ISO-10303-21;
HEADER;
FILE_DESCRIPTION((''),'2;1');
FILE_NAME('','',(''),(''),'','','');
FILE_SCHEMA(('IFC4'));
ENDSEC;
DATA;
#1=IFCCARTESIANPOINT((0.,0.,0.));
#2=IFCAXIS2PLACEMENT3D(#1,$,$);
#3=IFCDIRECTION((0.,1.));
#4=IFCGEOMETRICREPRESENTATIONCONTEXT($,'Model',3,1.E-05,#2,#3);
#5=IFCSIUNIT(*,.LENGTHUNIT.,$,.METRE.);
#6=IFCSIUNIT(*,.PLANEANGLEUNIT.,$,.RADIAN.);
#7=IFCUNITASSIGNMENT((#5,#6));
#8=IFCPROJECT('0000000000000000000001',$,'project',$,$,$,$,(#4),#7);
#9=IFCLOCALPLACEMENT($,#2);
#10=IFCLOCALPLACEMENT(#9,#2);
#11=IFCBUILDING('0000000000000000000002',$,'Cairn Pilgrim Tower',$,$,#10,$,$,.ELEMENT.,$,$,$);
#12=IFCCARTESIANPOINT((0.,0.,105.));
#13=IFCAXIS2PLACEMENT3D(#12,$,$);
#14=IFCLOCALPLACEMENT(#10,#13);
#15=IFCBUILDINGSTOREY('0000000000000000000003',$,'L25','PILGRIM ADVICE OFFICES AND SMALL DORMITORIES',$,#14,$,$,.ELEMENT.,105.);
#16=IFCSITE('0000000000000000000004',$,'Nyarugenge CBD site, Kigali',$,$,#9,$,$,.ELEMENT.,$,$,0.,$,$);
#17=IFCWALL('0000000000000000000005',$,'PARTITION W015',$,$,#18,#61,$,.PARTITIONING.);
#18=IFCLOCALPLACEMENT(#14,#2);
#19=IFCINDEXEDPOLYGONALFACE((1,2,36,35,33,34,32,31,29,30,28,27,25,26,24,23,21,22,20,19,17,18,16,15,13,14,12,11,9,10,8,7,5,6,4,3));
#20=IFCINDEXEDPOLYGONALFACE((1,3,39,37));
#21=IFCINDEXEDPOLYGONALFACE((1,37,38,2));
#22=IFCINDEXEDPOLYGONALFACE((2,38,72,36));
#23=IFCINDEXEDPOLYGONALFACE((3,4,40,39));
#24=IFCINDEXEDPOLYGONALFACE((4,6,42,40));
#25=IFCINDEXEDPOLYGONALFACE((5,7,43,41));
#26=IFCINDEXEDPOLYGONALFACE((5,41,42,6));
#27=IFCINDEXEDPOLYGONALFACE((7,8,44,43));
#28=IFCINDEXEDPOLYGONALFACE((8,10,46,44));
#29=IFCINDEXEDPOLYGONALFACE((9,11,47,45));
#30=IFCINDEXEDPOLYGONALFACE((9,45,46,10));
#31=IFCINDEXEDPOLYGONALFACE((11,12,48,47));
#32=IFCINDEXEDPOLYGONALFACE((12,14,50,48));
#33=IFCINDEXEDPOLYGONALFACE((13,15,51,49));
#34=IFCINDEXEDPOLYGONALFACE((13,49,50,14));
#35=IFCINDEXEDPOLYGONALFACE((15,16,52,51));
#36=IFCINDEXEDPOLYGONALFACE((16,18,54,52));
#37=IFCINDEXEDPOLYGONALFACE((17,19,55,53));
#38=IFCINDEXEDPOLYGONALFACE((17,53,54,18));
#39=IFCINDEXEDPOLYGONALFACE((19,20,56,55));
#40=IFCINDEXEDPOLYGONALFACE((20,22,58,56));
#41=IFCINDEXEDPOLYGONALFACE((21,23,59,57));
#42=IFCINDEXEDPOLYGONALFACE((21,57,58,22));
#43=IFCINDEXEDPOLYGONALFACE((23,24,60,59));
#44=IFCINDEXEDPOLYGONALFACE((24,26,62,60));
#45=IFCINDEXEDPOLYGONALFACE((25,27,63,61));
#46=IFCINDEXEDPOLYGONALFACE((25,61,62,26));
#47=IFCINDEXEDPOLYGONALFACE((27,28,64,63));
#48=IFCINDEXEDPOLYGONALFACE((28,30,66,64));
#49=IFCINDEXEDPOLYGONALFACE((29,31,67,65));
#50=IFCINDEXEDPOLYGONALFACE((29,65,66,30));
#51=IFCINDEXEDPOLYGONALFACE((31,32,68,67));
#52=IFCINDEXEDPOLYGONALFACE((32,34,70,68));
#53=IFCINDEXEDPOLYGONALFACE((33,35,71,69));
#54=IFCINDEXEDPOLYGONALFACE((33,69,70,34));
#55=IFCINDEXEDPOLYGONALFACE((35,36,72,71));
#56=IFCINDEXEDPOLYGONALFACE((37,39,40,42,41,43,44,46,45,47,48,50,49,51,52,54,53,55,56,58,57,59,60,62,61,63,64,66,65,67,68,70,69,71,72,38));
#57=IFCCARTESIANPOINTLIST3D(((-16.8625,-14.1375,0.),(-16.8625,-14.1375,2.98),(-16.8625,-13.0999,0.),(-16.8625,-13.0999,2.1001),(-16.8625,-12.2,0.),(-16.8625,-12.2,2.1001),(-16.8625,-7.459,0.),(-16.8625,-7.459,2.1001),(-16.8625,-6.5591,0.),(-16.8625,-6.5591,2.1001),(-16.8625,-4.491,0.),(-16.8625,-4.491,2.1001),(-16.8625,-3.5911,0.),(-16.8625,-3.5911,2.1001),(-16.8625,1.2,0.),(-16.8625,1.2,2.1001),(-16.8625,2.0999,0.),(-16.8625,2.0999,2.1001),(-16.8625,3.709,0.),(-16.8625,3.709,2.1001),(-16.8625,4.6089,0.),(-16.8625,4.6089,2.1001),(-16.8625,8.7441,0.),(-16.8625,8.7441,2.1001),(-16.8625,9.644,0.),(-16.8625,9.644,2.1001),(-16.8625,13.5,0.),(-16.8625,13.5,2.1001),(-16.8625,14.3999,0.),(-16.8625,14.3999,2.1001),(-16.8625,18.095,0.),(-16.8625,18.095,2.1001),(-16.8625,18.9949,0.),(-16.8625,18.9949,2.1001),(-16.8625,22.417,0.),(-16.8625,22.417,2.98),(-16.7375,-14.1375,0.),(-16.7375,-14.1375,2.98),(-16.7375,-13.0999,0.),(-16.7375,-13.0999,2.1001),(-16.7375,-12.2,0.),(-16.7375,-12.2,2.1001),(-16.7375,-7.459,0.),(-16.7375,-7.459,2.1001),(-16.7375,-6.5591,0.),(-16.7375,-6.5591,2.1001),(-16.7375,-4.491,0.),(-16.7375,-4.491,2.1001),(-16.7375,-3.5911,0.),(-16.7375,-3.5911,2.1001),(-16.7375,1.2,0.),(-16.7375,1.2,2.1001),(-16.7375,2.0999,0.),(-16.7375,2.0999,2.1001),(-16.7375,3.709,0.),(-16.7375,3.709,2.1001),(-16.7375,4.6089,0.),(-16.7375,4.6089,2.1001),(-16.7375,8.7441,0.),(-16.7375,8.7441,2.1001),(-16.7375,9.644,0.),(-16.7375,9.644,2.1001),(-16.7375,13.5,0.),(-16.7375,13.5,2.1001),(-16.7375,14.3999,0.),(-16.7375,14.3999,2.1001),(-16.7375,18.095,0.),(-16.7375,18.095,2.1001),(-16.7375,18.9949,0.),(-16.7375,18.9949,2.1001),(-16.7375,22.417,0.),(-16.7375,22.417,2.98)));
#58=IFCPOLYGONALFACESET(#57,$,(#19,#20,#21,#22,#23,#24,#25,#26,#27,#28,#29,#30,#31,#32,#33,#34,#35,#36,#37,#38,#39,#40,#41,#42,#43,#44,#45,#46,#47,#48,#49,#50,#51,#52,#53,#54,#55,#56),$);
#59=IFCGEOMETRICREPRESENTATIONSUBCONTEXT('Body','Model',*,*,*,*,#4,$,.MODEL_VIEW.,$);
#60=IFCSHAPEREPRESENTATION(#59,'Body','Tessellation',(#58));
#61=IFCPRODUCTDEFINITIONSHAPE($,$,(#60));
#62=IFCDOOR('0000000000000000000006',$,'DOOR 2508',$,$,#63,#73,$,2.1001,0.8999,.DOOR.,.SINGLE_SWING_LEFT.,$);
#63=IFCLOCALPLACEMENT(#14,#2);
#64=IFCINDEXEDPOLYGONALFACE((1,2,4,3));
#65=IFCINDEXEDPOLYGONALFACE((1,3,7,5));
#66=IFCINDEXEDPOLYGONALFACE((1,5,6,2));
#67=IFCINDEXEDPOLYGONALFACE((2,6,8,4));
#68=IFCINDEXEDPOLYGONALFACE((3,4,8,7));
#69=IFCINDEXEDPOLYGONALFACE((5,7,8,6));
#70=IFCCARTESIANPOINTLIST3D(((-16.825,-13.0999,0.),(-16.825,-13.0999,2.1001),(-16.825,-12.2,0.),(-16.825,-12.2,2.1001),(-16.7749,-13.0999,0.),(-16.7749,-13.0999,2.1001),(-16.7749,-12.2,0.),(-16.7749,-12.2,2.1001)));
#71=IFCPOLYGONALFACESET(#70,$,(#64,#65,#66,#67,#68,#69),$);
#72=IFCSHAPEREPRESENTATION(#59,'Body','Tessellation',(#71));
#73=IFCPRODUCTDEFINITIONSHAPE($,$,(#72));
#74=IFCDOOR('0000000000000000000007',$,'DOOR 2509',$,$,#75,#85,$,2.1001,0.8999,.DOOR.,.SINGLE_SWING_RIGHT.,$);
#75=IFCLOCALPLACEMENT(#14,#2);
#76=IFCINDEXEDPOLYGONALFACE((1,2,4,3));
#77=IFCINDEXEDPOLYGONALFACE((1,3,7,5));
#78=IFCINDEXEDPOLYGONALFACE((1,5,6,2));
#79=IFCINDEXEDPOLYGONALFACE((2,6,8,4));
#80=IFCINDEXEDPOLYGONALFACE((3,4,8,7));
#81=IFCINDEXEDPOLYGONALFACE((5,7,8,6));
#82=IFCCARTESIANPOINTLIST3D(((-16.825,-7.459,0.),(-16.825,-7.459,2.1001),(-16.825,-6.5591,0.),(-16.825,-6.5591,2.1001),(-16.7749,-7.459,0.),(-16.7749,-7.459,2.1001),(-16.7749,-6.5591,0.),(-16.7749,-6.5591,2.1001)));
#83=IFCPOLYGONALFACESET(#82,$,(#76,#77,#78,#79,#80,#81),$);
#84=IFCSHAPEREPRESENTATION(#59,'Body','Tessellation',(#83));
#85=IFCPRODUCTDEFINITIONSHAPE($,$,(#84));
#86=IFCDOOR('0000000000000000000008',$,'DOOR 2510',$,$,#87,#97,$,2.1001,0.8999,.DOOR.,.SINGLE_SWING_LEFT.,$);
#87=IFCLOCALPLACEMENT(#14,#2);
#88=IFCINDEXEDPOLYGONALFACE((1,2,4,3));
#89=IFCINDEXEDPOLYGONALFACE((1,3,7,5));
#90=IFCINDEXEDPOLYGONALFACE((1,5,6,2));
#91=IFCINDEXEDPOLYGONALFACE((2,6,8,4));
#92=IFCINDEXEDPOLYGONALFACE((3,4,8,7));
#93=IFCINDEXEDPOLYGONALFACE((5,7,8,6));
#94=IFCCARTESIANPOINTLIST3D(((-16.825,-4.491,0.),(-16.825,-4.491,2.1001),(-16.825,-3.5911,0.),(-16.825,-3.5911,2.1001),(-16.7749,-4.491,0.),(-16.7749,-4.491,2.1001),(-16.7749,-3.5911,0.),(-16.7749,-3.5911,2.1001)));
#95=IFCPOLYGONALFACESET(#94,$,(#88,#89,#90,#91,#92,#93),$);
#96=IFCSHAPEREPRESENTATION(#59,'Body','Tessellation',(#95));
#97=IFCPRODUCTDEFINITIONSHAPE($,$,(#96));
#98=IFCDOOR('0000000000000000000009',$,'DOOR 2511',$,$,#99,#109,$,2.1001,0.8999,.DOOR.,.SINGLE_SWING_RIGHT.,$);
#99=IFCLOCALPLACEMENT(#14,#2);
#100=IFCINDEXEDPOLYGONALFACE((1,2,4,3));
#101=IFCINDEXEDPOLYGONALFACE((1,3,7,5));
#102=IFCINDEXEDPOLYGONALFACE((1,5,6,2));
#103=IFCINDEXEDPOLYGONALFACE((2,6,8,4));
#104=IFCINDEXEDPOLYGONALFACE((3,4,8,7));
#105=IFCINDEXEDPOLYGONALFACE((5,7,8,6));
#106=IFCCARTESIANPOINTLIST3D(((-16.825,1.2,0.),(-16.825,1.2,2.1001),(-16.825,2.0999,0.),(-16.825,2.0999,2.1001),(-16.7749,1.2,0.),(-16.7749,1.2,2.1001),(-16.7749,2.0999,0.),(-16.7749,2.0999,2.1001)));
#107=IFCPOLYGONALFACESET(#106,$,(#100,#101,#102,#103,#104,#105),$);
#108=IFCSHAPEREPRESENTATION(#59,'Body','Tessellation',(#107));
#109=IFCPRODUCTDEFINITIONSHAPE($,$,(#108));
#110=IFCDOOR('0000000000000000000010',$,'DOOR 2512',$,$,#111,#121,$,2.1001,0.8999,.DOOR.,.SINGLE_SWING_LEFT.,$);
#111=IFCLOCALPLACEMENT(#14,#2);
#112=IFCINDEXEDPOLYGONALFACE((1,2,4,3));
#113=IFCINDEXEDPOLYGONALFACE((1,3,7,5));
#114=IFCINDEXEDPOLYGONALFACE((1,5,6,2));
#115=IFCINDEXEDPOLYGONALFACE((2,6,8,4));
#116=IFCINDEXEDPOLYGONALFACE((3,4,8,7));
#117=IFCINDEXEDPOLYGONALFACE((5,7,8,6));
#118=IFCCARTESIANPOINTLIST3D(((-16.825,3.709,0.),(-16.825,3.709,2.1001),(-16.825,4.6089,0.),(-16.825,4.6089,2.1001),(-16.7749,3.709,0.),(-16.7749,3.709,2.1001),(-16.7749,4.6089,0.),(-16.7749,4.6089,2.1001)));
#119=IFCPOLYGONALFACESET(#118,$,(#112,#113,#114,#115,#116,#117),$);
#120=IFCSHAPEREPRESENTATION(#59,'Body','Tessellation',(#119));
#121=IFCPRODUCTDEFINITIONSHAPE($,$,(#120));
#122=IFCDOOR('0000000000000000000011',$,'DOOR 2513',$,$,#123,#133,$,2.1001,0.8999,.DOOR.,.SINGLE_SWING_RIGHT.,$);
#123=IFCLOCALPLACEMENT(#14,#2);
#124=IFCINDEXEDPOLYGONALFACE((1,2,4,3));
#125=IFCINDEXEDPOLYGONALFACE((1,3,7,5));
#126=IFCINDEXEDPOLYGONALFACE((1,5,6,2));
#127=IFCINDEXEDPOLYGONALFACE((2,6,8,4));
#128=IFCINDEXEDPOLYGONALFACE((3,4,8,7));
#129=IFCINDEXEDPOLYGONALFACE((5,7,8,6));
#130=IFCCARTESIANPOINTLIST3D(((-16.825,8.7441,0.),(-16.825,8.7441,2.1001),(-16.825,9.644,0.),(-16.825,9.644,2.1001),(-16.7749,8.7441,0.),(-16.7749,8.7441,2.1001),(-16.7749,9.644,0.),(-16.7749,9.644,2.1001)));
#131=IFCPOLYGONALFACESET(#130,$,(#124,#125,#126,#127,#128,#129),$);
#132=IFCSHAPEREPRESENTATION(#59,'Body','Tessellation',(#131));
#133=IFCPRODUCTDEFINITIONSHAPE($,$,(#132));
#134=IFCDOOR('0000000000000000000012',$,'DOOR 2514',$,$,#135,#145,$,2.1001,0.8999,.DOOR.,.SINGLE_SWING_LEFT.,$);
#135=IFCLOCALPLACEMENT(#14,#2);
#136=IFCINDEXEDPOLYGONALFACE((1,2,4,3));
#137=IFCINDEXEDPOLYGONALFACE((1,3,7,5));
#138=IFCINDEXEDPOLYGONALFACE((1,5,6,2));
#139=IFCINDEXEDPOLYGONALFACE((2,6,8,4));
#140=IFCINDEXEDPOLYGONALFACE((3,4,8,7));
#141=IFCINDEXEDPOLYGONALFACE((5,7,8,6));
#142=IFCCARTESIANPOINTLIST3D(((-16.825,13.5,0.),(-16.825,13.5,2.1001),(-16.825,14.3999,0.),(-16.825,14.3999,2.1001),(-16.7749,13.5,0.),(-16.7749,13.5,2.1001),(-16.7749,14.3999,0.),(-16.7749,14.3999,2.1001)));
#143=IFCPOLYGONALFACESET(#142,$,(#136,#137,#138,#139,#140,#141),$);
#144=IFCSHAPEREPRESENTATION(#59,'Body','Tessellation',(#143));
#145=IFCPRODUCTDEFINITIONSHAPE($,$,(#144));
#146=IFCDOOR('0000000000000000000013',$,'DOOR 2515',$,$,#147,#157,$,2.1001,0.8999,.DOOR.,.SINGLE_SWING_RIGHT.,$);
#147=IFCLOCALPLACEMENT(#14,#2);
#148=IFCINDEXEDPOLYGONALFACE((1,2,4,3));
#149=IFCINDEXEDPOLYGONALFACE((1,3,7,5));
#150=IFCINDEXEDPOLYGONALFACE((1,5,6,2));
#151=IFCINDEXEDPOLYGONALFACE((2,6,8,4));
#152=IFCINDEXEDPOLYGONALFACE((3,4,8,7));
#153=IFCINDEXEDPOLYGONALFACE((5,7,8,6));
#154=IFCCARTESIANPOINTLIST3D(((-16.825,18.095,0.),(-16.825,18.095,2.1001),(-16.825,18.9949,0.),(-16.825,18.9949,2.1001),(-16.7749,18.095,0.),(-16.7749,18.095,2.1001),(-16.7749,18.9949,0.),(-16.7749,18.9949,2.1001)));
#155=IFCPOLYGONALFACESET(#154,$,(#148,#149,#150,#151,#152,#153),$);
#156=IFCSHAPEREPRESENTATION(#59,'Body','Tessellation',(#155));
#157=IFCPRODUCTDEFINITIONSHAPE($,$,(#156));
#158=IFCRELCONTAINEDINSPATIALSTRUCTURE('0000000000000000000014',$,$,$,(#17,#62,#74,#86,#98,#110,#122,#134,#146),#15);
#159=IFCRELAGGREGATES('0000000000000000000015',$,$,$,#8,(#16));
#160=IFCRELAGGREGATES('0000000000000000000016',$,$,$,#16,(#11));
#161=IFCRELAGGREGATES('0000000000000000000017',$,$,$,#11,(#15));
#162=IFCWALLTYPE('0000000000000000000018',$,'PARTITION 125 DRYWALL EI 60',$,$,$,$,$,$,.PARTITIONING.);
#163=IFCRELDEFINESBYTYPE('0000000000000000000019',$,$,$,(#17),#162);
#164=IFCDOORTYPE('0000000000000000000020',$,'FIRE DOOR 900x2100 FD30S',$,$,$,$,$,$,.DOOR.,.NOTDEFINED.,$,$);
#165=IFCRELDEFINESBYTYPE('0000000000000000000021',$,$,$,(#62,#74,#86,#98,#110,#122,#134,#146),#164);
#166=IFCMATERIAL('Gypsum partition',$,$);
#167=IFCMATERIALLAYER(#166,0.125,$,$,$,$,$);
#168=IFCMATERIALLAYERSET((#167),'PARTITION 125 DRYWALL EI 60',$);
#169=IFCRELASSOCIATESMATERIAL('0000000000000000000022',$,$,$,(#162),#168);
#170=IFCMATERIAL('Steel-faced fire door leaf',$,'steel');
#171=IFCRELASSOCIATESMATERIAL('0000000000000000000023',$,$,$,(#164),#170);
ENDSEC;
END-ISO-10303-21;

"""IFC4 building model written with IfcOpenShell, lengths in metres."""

from ifc_helpers import new_model, si_unit, direction, frame, frame_2d, origin, place, context, subcontext, project, spatial, polyline, rectangle, outline, extrude, material, layer, layer_set, type_object, element, fill, save


model = new_model("IFC4")

# Units and contexts
model_context = context("Model", 3, precision=1e-05, world=origin(), true_north=direction((0.0, 1.0)))
body_context = subcontext(model_context, "Body", "Model", "MODEL_VIEW")
ifc_project = project(units=[si_unit("LENGTHUNIT", "METRE"), si_unit("PLANEANGLEUNIT", "RADIAN")], contexts=[model_context])

# Site, building, storey
site_placement = place(None, origin())
site = spatial("IfcSite", under=ifc_project, at=site_placement, Name="Nyarugenge CBD site, Kigali", CompositionType="ELEMENT", RefElevation=0.0)
building_placement = place(site_placement, origin())
building = spatial("IfcBuilding", under=site, at=building_placement, Name="Cairn Pilgrim Tower", CompositionType="ELEMENT")
storey_placement = place(building_placement, frame((0.0, 0.0, 105.0)))
storey = spatial("IfcBuildingStorey", under=building, at=storey_placement, Name="L25", Description="PILGRIM ADVICE OFFICES AND SMALL DORMITORIES", CompositionType="ELEMENT", Elevation=105.0)

# Wall, openings, doors
ifc_material_1 = material(Name="Gypsum partition")
ifc_layer_1 = layer(ifc_material_1, 0.125)
ifc_layer_set_1 = layer_set([ifc_layer_1], Name="PARTITION 125 DRYWALL EI 60")
wall_type = type_object("IfcWallType", Name="PARTITION 125 DRYWALL EI 60", PredefinedType="PARTITIONING", material=ifc_layer_set_1)
wall_placement = place(storey_placement, frame((-16.8, -14.1375, 0.0), z_axis=(0.0, 0.0, 1.0), x_axis=(0.0, 1.0, 0.0)))
wall = element("IfcWall", 1, at=wall_placement, inside=storey, type_object=wall_type, Name="PARTITION W015", PredefinedType="PARTITIONING", context=body_context, shape_type="SweptSolid", body=[
    extrude(outline(polyline([(0.0, 0.0), (36.5544, 0.0), (36.5544, 0.8625), (36.5544, 1.7251), (36.5544, 2.5874), (36.5544, 2.98), (0.0, 2.98), (0.0, 2.5874), (0.0, 1.7251), (0.0, 0.8625), (0.0, 0.0)])), frame((0.0, 0.0625, 0.0), z_axis=(0.0, -1.0, 0.0), x_axis=(1.0, 0.0, 0.0)), (0.0, 0.0, 1.0), 0.125),
])
opening_1_placement = place(wall_placement, frame((1.0376, 0.0, 0.0)))
opening_1 = element("IfcOpeningElement", 2, at=opening_1_placement, cuts=wall, PredefinedType="OPENING", context=body_context, shape_type="SweptSolid", body=[
    extrude(rectangle(XDim=0.8999, YDim=2.1001, at=frame_2d((0.45, 1.05))), frame((0.0, 0.0725, 0.0), z_axis=(0.0, -1.0, 0.0), x_axis=(1.0, 0.0, 0.0)), (0.0, 0.0, 1.0), 0.145),
])
opening_2_placement = place(wall_placement, frame((6.6785, 0.0, 0.0)))
opening_2 = element("IfcOpeningElement", 3, at=opening_2_placement, cuts=wall, PredefinedType="OPENING", context=body_context, shape_type="SweptSolid", body=[
    extrude(rectangle(XDim=0.8999, YDim=2.1001, at=frame_2d((0.45, 1.05))), frame((0.0, 0.0725, 0.0), z_axis=(0.0, -1.0, 0.0), x_axis=(1.0, 0.0, 0.0)), (0.0, 0.0, 1.0), 0.145),
])
opening_3_placement = place(wall_placement, frame((9.6465, 0.0, 0.0)))
opening_3 = element("IfcOpeningElement", 4, at=opening_3_placement, cuts=wall, PredefinedType="OPENING", context=body_context, shape_type="SweptSolid", body=[
    extrude(rectangle(XDim=0.8999, YDim=2.1001, at=frame_2d((0.45, 1.05))), frame((0.0, 0.0725, 0.0), z_axis=(0.0, -1.0, 0.0), x_axis=(1.0, 0.0, 0.0)), (0.0, 0.0, 1.0), 0.145),
])
opening_4_placement = place(wall_placement, frame((15.3374, 0.0, 0.0)))
opening_4 = element("IfcOpeningElement", 5, at=opening_4_placement, cuts=wall, PredefinedType="OPENING", context=body_context, shape_type="SweptSolid", body=[
    extrude(rectangle(XDim=0.8999, YDim=2.1001, at=frame_2d((0.45, 1.05))), frame((0.0, 0.0725, 0.0), z_axis=(0.0, -1.0, 0.0), x_axis=(1.0, 0.0, 0.0)), (0.0, 0.0, 1.0), 0.145),
])
opening_5_placement = place(wall_placement, frame((17.8464, 0.0, 0.0)))
opening_5 = element("IfcOpeningElement", 6, at=opening_5_placement, cuts=wall, PredefinedType="OPENING", context=body_context, shape_type="SweptSolid", body=[
    extrude(rectangle(XDim=0.8999, YDim=2.1001, at=frame_2d((0.45, 1.05))), frame((0.0, 0.0725, 0.0), z_axis=(0.0, -1.0, 0.0), x_axis=(1.0, 0.0, 0.0)), (0.0, 0.0, 1.0), 0.145),
])
opening_6_placement = place(wall_placement, frame((22.8816, 0.0, 0.0)))
opening_6 = element("IfcOpeningElement", 7, at=opening_6_placement, cuts=wall, PredefinedType="OPENING", context=body_context, shape_type="SweptSolid", body=[
    extrude(rectangle(XDim=0.8999, YDim=2.1001, at=frame_2d((0.45, 1.05))), frame((0.0, 0.0725, 0.0), z_axis=(0.0, -1.0, 0.0), x_axis=(1.0, 0.0, 0.0)), (0.0, 0.0, 1.0), 0.145),
])
opening_7_placement = place(wall_placement, frame((27.6375, 0.0, 0.0)))
opening_7 = element("IfcOpeningElement", 8, at=opening_7_placement, cuts=wall, PredefinedType="OPENING", context=body_context, shape_type="SweptSolid", body=[
    extrude(rectangle(XDim=0.8999, YDim=2.1001, at=frame_2d((0.45, 1.05))), frame((0.0, 0.0725, 0.0), z_axis=(0.0, -1.0, 0.0), x_axis=(1.0, 0.0, 0.0)), (0.0, 0.0, 1.0), 0.145),
])
opening_8_placement = place(wall_placement, frame((32.2324, 0.0, 0.0)))
opening_8 = element("IfcOpeningElement", 9, at=opening_8_placement, cuts=wall, PredefinedType="OPENING", context=body_context, shape_type="SweptSolid", body=[
    extrude(rectangle(XDim=0.8999, YDim=2.1001, at=frame_2d((0.45, 1.05))), frame((0.0, 0.0725, 0.0), z_axis=(0.0, -1.0, 0.0), x_axis=(1.0, 0.0, 0.0)), (0.0, 0.0, 1.0), 0.145),
])
ifc_material_2 = material(Name="Steel-faced fire door leaf", Category="steel")
door_type = type_object("IfcDoorType", Name="FIRE DOOR 900x2100 FD30S", OperationType="NOTDEFINED", PredefinedType="DOOR", material=ifc_material_2)
door_1_placement = place(opening_1_placement, origin())
door_1 = element("IfcDoor", 10, at=door_1_placement, inside=storey, type_object=door_type, Name="DOOR 2508", OperationType="SINGLE_SWING_LEFT", OverallHeight=2.1001, OverallWidth=0.8999, PredefinedType="DOOR", context=body_context, shape_type="SweptSolid", body=[
    extrude(rectangle(XDim=0.8999, YDim=2.1001, at=frame_2d((0.45, 1.05))), frame((0.0, 0.0249, 0.0), z_axis=(0.0, -1.0, 0.0), x_axis=(1.0, 0.0, 0.0)), (0.0, 0.0, 1.0), 0.05),
])
fill(opening_1, door_1)
door_2_placement = place(opening_2_placement, origin())
door_2 = element("IfcDoor", 11, at=door_2_placement, inside=storey, type_object=door_type, Name="DOOR 2509", OperationType="SINGLE_SWING_RIGHT", OverallHeight=2.1001, OverallWidth=0.8999, PredefinedType="DOOR", context=body_context, shape_type="SweptSolid", body=[
    extrude(rectangle(XDim=0.8999, YDim=2.1001, at=frame_2d((0.45, 1.05))), frame((0.0, 0.0249, 0.0), z_axis=(0.0, -1.0, 0.0), x_axis=(1.0, 0.0, 0.0)), (0.0, 0.0, 1.0), 0.05),
])
fill(opening_2, door_2)
door_3_placement = place(opening_3_placement, origin())
door_3 = element("IfcDoor", 12, at=door_3_placement, inside=storey, type_object=door_type, Name="DOOR 2510", OperationType="SINGLE_SWING_LEFT", OverallHeight=2.1001, OverallWidth=0.8999, PredefinedType="DOOR", context=body_context, shape_type="SweptSolid", body=[
    extrude(rectangle(XDim=0.8999, YDim=2.1001, at=frame_2d((0.45, 1.05))), frame((0.0, 0.0249, 0.0), z_axis=(0.0, -1.0, 0.0), x_axis=(1.0, 0.0, 0.0)), (0.0, 0.0, 1.0), 0.05),
])
fill(opening_3, door_3)
door_4_placement = place(opening_4_placement, origin())
door_4 = element("IfcDoor", 13, at=door_4_placement, inside=storey, type_object=door_type, Name="DOOR 2511", OperationType="SINGLE_SWING_RIGHT", OverallHeight=2.1001, OverallWidth=0.8999, PredefinedType="DOOR", context=body_context, shape_type="SweptSolid", body=[
    extrude(rectangle(XDim=0.8999, YDim=2.1001, at=frame_2d((0.45, 1.05))), frame((0.0, 0.0249, 0.0), z_axis=(0.0, -1.0, 0.0), x_axis=(1.0, 0.0, 0.0)), (0.0, 0.0, 1.0), 0.05),
])
fill(opening_4, door_4)
door_5_placement = place(opening_5_placement, origin())
door_5 = element("IfcDoor", 14, at=door_5_placement, inside=storey, type_object=door_type, Name="DOOR 2512", OperationType="SINGLE_SWING_LEFT", OverallHeight=2.1001, OverallWidth=0.8999, PredefinedType="DOOR", context=body_context, shape_type="SweptSolid", body=[
    extrude(rectangle(XDim=0.8999, YDim=2.1001, at=frame_2d((0.45, 1.05))), frame((0.0, 0.0249, 0.0), z_axis=(0.0, -1.0, 0.0), x_axis=(1.0, 0.0, 0.0)), (0.0, 0.0, 1.0), 0.05),
])
fill(opening_5, door_5)
door_6_placement = place(opening_6_placement, origin())
door_6 = element("IfcDoor", 15, at=door_6_placement, inside=storey, type_object=door_type, Name="DOOR 2513", OperationType="SINGLE_SWING_RIGHT", OverallHeight=2.1001, OverallWidth=0.8999, PredefinedType="DOOR", context=body_context, shape_type="SweptSolid", body=[
    extrude(rectangle(XDim=0.8999, YDim=2.1001, at=frame_2d((0.45, 1.05))), frame((0.0, 0.0249, 0.0), z_axis=(0.0, -1.0, 0.0), x_axis=(1.0, 0.0, 0.0)), (0.0, 0.0, 1.0), 0.05),
])
fill(opening_6, door_6)
door_7_placement = place(opening_7_placement, origin())
door_7 = element("IfcDoor", 16, at=door_7_placement, inside=storey, type_object=door_type, Name="DOOR 2514", OperationType="SINGLE_SWING_LEFT", OverallHeight=2.1001, OverallWidth=0.8999, PredefinedType="DOOR", context=body_context, shape_type="SweptSolid", body=[
    extrude(rectangle(XDim=0.8999, YDim=2.1001, at=frame_2d((0.45, 1.05))), frame((0.0, 0.0249, 0.0), z_axis=(0.0, -1.0, 0.0), x_axis=(1.0, 0.0, 0.0)), (0.0, 0.0, 1.0), 0.05),
])
fill(opening_7, door_7)
door_8_placement = place(opening_8_placement, origin())
door_8 = element("IfcDoor", 17, at=door_8_placement, inside=storey, type_object=door_type, Name="DOOR 2515", OperationType="SINGLE_SWING_RIGHT", OverallHeight=2.1001, OverallWidth=0.8999, PredefinedType="DOOR", context=body_context, shape_type="SweptSolid", body=[
    extrude(rectangle(XDim=0.8999, YDim=2.1001, at=frame_2d((0.45, 1.05))), frame((0.0, 0.0249, 0.0), z_axis=(0.0, -1.0, 0.0), x_axis=(1.0, 0.0, 0.0)), (0.0, 0.0, 1.0), 0.05),
])
fill(opening_8, door_8)

save(model, "model.ifc")
